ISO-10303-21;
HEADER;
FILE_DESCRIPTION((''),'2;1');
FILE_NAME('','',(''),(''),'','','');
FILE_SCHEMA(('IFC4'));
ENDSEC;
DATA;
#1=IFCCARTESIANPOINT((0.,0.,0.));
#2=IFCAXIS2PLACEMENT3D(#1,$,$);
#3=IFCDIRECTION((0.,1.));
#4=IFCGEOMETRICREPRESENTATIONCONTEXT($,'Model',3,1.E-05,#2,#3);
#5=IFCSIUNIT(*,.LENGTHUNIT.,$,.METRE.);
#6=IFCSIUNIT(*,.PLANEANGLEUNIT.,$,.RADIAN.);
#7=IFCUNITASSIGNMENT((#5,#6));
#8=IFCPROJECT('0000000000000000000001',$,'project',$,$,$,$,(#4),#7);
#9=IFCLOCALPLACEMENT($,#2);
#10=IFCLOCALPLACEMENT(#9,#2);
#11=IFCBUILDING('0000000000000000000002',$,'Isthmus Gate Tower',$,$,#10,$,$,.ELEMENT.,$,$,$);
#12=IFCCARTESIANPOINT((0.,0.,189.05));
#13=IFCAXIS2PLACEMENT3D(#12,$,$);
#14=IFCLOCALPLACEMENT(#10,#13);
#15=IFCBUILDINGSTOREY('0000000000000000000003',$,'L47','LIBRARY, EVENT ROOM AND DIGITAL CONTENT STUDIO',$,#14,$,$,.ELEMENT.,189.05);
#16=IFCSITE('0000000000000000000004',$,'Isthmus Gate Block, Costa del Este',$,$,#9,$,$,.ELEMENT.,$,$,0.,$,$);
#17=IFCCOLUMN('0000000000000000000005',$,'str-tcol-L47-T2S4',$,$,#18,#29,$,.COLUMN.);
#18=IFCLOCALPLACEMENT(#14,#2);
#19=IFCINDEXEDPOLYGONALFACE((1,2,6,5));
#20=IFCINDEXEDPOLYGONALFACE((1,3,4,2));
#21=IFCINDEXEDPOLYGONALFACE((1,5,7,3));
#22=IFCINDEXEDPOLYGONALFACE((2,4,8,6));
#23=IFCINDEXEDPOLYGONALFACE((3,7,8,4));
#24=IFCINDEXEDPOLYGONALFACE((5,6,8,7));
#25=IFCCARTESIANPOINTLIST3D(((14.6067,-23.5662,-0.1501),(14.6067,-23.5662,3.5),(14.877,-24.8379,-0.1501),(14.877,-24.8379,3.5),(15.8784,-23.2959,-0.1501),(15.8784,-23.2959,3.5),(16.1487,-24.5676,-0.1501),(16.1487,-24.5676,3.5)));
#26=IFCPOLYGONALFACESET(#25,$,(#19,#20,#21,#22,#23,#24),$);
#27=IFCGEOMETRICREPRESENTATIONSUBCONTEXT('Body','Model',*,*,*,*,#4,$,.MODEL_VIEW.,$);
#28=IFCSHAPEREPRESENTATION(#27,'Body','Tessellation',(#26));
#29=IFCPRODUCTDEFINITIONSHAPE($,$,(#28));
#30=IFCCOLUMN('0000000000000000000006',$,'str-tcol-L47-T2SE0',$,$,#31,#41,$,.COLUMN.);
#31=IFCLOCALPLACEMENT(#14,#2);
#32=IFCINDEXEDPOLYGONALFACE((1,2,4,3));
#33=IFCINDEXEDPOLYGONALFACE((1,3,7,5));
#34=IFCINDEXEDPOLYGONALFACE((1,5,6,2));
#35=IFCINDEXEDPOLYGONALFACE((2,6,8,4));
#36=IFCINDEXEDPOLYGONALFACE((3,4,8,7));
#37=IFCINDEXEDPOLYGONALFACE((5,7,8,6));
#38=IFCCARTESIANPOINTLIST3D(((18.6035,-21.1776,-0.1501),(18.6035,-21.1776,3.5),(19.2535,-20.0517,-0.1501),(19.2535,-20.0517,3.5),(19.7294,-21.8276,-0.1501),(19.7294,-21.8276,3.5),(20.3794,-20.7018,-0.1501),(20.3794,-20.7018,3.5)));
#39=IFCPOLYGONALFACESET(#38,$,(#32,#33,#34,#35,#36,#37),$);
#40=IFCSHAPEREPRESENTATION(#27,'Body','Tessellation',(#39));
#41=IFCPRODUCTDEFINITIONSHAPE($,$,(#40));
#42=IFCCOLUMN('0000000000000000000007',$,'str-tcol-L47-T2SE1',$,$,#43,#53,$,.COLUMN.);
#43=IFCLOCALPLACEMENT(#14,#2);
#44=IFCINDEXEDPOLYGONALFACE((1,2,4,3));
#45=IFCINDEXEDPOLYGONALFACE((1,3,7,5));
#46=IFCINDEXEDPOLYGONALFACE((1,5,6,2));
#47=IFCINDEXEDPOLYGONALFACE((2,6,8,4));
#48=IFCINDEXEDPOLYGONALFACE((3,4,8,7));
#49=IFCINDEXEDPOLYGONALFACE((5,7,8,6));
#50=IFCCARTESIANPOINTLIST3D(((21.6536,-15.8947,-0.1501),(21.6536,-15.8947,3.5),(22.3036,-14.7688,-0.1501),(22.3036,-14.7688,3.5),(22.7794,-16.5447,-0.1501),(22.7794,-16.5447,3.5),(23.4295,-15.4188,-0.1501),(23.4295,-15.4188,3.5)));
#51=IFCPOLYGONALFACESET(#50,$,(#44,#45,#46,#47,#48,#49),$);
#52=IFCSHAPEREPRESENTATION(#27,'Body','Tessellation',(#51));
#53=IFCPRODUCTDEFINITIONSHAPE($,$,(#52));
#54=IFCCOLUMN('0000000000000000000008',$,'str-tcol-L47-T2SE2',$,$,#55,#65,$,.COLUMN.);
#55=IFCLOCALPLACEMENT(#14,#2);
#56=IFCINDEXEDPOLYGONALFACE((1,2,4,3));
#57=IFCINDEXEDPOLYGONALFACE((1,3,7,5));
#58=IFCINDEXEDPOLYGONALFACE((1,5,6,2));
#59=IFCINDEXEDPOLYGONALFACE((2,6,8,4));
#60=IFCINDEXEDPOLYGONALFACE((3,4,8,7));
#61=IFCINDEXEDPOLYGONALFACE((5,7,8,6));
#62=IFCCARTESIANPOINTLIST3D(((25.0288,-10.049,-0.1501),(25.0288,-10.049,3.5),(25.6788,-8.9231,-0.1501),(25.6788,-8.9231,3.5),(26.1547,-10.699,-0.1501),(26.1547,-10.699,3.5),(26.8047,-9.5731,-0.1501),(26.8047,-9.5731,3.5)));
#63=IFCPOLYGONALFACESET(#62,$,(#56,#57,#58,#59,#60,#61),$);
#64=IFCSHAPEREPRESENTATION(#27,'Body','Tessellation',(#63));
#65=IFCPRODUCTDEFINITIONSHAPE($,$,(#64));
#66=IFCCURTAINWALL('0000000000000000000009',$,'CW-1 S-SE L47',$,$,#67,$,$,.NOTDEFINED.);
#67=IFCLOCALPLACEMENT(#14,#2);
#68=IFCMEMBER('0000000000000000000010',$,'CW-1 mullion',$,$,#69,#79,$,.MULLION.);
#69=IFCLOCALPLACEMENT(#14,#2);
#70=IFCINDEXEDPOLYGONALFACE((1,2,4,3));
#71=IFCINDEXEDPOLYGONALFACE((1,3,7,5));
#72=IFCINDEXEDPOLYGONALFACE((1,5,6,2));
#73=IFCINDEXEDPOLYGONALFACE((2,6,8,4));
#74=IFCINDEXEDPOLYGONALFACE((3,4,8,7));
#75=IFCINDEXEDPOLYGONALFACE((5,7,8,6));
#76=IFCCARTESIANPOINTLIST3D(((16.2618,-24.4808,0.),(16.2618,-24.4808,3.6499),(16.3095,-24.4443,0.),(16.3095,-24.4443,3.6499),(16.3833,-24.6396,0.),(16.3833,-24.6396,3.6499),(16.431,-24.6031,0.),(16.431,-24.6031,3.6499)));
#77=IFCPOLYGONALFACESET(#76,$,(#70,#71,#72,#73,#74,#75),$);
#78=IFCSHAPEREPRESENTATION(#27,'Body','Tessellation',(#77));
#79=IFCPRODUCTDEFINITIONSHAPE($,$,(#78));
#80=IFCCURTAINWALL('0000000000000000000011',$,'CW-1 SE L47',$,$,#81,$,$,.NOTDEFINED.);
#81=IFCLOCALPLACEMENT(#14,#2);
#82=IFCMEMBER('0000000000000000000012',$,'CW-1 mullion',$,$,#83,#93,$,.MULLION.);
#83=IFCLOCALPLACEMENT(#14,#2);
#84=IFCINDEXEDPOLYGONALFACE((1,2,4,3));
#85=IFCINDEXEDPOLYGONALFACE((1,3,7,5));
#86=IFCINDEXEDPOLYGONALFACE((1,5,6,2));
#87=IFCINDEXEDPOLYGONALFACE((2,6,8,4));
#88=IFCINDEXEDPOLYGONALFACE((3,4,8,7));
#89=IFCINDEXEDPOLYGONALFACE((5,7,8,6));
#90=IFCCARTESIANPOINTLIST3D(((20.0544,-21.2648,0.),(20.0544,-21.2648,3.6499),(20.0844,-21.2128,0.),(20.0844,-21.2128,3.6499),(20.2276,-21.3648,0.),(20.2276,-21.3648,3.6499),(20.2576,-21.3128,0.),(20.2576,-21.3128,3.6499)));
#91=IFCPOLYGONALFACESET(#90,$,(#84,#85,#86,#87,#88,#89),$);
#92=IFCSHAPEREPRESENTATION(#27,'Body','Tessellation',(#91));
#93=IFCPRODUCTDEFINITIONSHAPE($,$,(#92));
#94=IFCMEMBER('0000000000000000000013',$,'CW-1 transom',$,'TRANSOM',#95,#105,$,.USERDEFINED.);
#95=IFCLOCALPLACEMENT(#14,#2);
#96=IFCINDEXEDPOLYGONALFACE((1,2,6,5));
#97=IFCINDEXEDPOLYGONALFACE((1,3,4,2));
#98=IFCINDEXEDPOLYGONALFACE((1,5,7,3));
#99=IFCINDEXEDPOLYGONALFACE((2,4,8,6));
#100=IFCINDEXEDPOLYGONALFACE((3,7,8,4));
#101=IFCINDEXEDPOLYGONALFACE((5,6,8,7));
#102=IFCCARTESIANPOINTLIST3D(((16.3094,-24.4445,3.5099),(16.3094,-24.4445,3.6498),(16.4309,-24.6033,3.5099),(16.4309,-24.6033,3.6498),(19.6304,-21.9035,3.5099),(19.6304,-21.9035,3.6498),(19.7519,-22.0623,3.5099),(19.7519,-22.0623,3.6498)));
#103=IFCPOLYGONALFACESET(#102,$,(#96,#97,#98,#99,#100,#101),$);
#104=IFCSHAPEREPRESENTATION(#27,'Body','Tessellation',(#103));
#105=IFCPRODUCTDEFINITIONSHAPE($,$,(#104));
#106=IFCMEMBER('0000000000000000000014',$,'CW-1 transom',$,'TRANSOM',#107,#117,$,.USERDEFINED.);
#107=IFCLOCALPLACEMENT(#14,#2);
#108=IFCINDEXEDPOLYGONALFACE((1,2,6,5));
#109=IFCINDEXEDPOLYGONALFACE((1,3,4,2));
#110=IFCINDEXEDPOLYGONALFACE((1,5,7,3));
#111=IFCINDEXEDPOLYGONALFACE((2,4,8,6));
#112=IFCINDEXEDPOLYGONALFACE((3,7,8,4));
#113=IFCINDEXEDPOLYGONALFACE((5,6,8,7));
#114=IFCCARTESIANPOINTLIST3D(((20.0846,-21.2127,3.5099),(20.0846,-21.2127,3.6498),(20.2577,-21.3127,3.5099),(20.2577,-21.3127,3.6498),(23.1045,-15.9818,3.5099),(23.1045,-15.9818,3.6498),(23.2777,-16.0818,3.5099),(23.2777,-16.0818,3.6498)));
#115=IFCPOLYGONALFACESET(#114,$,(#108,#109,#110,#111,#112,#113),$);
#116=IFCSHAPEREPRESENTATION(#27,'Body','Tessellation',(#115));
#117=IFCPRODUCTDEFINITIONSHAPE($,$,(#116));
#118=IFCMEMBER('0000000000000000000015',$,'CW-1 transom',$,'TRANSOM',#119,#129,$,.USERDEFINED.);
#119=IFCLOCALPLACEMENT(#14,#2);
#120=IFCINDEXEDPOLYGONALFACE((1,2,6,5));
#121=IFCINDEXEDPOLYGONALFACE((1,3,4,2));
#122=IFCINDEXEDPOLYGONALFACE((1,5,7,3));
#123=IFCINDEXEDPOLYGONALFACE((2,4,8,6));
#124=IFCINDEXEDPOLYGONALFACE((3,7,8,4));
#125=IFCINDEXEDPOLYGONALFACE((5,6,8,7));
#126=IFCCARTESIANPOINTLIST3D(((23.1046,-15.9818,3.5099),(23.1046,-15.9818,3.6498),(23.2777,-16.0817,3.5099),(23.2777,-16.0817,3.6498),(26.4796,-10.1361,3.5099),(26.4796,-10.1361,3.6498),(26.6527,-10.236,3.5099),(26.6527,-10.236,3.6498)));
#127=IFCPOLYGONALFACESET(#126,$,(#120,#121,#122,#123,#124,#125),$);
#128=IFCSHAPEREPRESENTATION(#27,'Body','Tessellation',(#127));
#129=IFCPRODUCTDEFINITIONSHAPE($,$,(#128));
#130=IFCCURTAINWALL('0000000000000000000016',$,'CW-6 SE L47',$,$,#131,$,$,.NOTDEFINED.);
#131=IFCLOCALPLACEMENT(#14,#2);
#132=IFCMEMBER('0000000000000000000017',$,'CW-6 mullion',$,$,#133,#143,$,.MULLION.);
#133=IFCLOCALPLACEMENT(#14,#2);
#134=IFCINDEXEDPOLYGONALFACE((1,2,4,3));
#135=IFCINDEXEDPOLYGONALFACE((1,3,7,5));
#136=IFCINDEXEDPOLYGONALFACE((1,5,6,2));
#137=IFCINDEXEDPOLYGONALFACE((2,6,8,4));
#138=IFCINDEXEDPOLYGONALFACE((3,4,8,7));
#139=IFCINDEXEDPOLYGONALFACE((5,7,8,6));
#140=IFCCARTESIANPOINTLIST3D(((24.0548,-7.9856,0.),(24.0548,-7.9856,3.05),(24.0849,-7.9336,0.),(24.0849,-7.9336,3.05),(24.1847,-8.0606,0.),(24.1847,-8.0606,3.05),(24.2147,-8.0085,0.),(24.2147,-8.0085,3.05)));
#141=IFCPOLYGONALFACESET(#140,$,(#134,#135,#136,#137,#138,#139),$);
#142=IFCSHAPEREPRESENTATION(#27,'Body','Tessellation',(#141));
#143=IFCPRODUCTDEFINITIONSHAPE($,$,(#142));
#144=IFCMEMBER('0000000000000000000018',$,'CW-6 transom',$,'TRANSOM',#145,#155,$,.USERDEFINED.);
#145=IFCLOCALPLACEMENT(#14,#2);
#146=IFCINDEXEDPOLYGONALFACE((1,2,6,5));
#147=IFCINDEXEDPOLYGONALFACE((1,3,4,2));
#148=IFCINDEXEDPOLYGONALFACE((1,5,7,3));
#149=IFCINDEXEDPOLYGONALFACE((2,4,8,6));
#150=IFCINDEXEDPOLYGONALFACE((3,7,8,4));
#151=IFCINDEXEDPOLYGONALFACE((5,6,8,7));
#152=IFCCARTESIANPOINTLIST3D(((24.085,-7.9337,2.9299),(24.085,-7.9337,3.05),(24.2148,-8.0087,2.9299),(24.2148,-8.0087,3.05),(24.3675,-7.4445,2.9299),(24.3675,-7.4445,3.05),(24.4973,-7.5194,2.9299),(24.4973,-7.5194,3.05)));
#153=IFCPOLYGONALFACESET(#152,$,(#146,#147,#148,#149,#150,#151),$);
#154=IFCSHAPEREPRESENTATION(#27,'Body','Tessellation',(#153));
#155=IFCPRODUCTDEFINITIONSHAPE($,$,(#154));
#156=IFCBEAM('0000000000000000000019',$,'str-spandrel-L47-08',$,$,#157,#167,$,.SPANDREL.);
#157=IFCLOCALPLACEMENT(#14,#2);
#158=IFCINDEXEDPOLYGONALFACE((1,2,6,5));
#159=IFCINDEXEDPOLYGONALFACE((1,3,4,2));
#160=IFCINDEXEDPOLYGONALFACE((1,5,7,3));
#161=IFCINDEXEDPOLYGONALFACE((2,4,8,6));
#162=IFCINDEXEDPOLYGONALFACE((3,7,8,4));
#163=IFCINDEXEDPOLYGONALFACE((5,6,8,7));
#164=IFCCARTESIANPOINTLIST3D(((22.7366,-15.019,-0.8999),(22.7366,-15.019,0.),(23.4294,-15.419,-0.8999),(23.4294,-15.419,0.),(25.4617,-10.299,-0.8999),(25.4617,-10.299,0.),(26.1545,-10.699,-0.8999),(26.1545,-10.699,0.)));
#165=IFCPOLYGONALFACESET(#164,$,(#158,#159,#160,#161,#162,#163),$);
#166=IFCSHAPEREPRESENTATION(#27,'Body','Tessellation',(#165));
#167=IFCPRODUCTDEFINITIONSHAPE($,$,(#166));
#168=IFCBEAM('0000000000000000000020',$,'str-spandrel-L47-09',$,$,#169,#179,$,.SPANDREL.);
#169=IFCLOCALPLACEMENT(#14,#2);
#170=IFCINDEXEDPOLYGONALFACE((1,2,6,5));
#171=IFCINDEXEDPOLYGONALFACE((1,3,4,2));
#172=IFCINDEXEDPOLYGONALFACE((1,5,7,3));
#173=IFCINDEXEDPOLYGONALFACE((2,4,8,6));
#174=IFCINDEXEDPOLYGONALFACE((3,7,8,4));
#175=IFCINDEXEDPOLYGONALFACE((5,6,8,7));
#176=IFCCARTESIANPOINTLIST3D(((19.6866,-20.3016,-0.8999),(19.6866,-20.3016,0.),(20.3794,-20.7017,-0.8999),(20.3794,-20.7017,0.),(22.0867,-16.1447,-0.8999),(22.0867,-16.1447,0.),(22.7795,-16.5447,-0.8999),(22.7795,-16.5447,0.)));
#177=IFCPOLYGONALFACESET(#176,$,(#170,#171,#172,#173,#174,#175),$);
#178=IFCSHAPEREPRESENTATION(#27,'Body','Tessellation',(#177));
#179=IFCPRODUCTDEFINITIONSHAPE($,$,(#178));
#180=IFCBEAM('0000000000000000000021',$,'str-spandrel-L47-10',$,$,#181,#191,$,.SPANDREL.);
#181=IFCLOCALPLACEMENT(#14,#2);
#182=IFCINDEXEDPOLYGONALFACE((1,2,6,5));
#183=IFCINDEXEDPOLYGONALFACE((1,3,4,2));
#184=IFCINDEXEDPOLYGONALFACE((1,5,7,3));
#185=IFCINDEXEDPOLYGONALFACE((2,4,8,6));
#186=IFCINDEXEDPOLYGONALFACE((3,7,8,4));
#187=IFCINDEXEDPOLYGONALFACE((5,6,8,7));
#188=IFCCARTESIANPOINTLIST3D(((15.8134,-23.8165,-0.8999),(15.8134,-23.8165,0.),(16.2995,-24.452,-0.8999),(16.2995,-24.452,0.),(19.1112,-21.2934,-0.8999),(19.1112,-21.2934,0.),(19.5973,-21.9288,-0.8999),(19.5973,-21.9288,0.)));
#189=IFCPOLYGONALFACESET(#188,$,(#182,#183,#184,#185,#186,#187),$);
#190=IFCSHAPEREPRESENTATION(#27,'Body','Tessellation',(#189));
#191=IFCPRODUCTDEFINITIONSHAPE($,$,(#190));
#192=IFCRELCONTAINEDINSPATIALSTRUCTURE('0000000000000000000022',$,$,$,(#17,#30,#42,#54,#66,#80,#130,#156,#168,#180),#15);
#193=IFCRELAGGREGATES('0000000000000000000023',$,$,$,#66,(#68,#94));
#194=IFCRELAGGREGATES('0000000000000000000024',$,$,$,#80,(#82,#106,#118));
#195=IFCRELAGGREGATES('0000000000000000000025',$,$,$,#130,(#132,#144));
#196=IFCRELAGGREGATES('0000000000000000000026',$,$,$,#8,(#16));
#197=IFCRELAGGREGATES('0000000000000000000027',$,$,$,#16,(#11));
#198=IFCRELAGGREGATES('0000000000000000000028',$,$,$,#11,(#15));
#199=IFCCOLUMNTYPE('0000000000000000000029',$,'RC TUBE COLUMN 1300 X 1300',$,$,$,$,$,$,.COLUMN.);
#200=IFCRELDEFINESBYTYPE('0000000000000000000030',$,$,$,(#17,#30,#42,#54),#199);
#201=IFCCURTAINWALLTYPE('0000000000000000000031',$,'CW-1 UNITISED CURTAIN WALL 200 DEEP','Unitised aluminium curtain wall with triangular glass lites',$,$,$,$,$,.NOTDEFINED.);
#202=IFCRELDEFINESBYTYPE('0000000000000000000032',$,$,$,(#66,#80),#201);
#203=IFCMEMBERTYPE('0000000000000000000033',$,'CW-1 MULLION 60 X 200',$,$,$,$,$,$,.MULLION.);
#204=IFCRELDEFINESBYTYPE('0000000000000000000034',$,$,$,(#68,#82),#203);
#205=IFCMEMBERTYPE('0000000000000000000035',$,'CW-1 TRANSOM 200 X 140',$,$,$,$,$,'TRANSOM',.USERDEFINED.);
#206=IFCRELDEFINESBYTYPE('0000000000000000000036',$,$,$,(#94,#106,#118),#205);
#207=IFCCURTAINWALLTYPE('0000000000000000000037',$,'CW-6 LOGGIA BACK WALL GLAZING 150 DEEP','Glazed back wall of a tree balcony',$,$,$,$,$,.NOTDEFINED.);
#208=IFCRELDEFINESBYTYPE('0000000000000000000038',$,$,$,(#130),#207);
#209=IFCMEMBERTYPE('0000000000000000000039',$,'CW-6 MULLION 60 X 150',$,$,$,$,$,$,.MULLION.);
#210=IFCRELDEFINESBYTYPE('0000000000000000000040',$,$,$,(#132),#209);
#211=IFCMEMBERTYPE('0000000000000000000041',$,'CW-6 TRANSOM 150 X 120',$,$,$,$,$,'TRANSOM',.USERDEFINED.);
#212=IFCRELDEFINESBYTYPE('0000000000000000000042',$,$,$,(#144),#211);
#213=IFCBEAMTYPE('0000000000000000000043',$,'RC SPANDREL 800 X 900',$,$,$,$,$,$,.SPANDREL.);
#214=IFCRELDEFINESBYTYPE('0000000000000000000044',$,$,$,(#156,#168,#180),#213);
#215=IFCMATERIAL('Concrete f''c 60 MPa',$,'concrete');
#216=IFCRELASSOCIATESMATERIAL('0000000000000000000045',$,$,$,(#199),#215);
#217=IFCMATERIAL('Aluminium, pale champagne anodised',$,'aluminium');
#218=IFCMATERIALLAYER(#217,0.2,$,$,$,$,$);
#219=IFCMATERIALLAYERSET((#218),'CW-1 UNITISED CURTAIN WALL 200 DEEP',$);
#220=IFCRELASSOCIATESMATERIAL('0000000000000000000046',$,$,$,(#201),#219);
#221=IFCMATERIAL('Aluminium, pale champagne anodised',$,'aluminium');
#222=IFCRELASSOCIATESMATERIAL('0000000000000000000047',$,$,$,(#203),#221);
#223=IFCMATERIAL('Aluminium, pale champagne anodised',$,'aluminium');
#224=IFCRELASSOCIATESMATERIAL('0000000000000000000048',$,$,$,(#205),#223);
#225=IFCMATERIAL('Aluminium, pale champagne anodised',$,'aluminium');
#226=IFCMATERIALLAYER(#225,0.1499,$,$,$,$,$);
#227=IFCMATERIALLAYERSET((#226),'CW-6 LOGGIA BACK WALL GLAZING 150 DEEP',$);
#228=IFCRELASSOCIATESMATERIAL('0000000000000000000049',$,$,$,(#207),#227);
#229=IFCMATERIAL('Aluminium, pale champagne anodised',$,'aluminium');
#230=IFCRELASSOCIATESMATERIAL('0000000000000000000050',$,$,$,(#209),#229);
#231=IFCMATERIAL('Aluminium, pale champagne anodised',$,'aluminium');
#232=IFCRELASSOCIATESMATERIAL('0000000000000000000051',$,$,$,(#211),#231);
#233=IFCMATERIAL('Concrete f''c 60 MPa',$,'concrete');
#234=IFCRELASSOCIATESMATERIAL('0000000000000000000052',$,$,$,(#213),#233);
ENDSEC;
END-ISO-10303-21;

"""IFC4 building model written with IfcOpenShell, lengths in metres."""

from ifc_helpers import new_model, si_unit, direction, frame, origin, origin_2d, place, context, subcontext, project, spatial, rectangle, extrude, material, layer, layer_set, material_profile, profile_set, type_object, element, aggregate, save


model = new_model("IFC4")

# Units and contexts
model_context = context("Model", 3, precision=1e-05, world=origin(), true_north=direction((0.0, 1.0)))
body_context = subcontext(model_context, "Body", "Model", "MODEL_VIEW")
ifc_project = project(units=[si_unit("LENGTHUNIT", "METRE"), si_unit("PLANEANGLEUNIT", "RADIAN")], contexts=[model_context])

# Site, building, storey
site_placement = place(None, origin())
site = spatial("IfcSite", under=ifc_project, at=site_placement, Name="Isthmus Gate Block, Costa del Este", CompositionType="ELEMENT", RefElevation=0.0)
building_placement = place(site_placement, origin())
building = spatial("IfcBuilding", under=site, at=building_placement, Name="Isthmus Gate Tower", CompositionType="ELEMENT")
storey_placement = place(building_placement, frame((0.0, 0.0, 189.05)))
storey = spatial("IfcBuildingStorey", under=building, at=storey_placement, Name="L47", Description="LIBRARY, EVENT ROOM AND DIGITAL CONTENT STUDIO", CompositionType="ELEMENT", Elevation=189.05)

# Columns
ifc_material_1 = material(Name="Concrete f'c 60 MPa", Category="concrete")
ifc_material_profile_1 = material_profile(ifc_material_1, rectangle(XDim=1.3, YDim=1.3, at=origin_2d()), Name="RC 1300X1300")
ifc_profile_set_1 = profile_set([ifc_material_profile_1], Name="Concrete f'c 60 MPa")
column_type = type_object("IfcColumnType", Name="RC TUBE COLUMN 1300 X 1300", PredefinedType="COLUMN", material=ifc_profile_set_1)
for number, where, z_axis, x_axis, name in (
    (1, (15.3777, -24.0669, -0.1501), (0.0, 0.0, 1.0), (0.978148, 0.207912, 0.0), "str-tcol-L47-T2S4"),
    (2, (19.4915, -20.9397, -0.1501), (0.0, 0.0, 1.0), (0.5, 0.866025, 0.0), "str-tcol-L47-T2SE0"),
    (3, (22.5415, -15.6567, -0.1501), (0.0, 0.0, 1.0), (0.5, 0.866025, 0.0), "str-tcol-L47-T2SE1"),
    (4, (25.9167, -9.811, -0.1501), (0.0, 0.0, 1.0), (0.5, 0.866025, 0.0), "str-tcol-L47-T2SE2"),
):
    element("IfcColumn", number, at=place(storey_placement, frame(where, z_axis=z_axis, x_axis=x_axis)), inside=storey, type_object=column_type, Name=name, PredefinedType="COLUMN", context=body_context, shape_type="SweptSolid", body=[
        extrude(rectangle(XDim=1.3, YDim=1.3, at=origin_2d()), origin(), (0.0, 0.0, 1.0), 3.6501),
    ])

# Curtain walls, members
ifc_material_2 = material(Name="Aluminium, pale champagne anodised", Category="aluminium")
ifc_layer_1 = layer(ifc_material_2, 0.2)
ifc_layer_set_1 = layer_set([ifc_layer_1], Name="CW-1 UNITISED CURTAIN WALL 200 DEEP")
curtain_wall_type_1 = type_object("IfcCurtainWallType", Name="CW-1 UNITISED CURTAIN WALL 200 DEEP", Description="Unitised aluminium curtain wall with triangular glass lites", PredefinedType="NOTDEFINED", material=ifc_layer_set_1)
curtain_wall_1_placement = place(storey_placement, origin())
curtain_wall_1 = element("IfcCurtainWall", 5, at=curtain_wall_1_placement, inside=storey, type_object=curtain_wall_type_1, Name="CW-1 S-SE L47", PredefinedType="NOTDEFINED")
ifc_material_3 = material(Name="Aluminium, pale champagne anodised", Category="aluminium")
ifc_material_profile_2 = material_profile(ifc_material_3, rectangle(XDim=0.0601, YDim=0.2, at=origin_2d()), Name="60x200")
ifc_profile_set_2 = profile_set([ifc_material_profile_2], Name="Aluminium, pale champagne anodised")
member_type_1 = type_object("IfcMemberType", Name="CW-1 MULLION 60 X 200", PredefinedType="MULLION", material=ifc_profile_set_2)
member_1_placement = place(storey_placement, frame((16.3464, -24.542, 0.0), z_axis=(0.0, 0.0, 1.0), x_axis=(0.794189, 0.607671, 0.0)))
member_1 = element("IfcMember", 6, at=member_1_placement, type_object=member_type_1, Name="CW-1 mullion", PredefinedType="MULLION", context=body_context, shape_type="SweptSolid", body=[
    extrude(rectangle(XDim=0.0601, YDim=0.2, at=origin_2d()), origin(), (0.0, 0.0, 1.0), 3.6499),
])
curtain_wall_2_placement = place(storey_placement, origin())
curtain_wall_2 = element("IfcCurtainWall", 7, at=curtain_wall_2_placement, inside=storey, type_object=curtain_wall_type_1, Name="CW-1 SE L47", PredefinedType="NOTDEFINED")
member_2_placement = place(storey_placement, frame((20.156, -21.2888, 0.0), z_axis=(0.0, 0.0, 1.0), x_axis=(0.5, 0.866025, 0.0)))
member_2 = element("IfcMember", 8, at=member_2_placement, type_object=member_type_1, Name="CW-1 mullion", PredefinedType="MULLION", context=body_context, shape_type="SweptSolid", body=[
    extrude(rectangle(XDim=0.0601, YDim=0.2, at=origin_2d()), origin(), (0.0, 0.0, 1.0), 3.6499),
])

# Members
ifc_material_4 = material(Name="Aluminium, pale champagne anodised", Category="aluminium")
ifc_material_profile_3 = material_profile(ifc_material_4, rectangle(XDim=0.2, YDim=0.1399, at=origin_2d()), Name="200x140")
ifc_profile_set_3 = profile_set([ifc_material_profile_3], Name="Aluminium, pale champagne anodised")
member_type_2 = type_object("IfcMemberType", Name="CW-1 TRANSOM 200 X 140", ElementType="TRANSOM", PredefinedType="USERDEFINED", material=ifc_profile_set_3)
member_3_placement = place(storey_placement, frame((16.3701, -24.5239, 3.5798), z_axis=(0.794197, 0.60766, 0.0), x_axis=(-0.60766, 0.794197, 0.0)))
member_3 = element("IfcMember", 9, at=member_3_placement, type_object=member_type_2, Name="CW-1 transom", ObjectType="TRANSOM", PredefinedType="USERDEFINED", context=body_context, shape_type="SweptSolid", body=[
    extrude(rectangle(XDim=0.2, YDim=0.1399, at=origin_2d()), origin(), (0.0, 0.0, 1.0), 4.1816),
])
member_4_placement = place(storey_placement, frame((20.1711, -21.2627, 3.5798), z_axis=(0.499991, 0.866031, 0.0), x_axis=(-0.866031, 0.499991, 0.0)))
member_4 = element("IfcMember", 10, at=member_4_placement, type_object=member_type_2, Name="CW-1 transom", ObjectType="TRANSOM", PredefinedType="USERDEFINED", context=body_context, shape_type="SweptSolid", body=[
    extrude(rectangle(XDim=0.2, YDim=0.1399, at=origin_2d()), origin(), (0.0, 0.0, 1.0), 6.04),
])
member_5_placement = place(storey_placement, frame((23.1912, -16.0317, 3.5798), z_axis=(0.499998, 0.866027, 0.0), x_axis=(-0.866027, 0.499998, 0.0)))
member_5 = element("IfcMember", 11, at=member_5_placement, type_object=member_type_2, Name="CW-1 transom", ObjectType="TRANSOM", PredefinedType="USERDEFINED", context=body_context, shape_type="SweptSolid", body=[
    extrude(rectangle(XDim=0.2, YDim=0.1399, at=origin_2d()), origin(), (0.0, 0.0, 1.0), 6.75),
])

# Curtain wall, members
ifc_material_5 = material(Name="Aluminium, pale champagne anodised", Category="aluminium")
ifc_layer_2 = layer(ifc_material_5, 0.1499)
ifc_layer_set_2 = layer_set([ifc_layer_2], Name="CW-6 LOGGIA BACK WALL GLAZING 150 DEEP")
curtain_wall_type_2 = type_object("IfcCurtainWallType", Name="CW-6 LOGGIA BACK WALL GLAZING 150 DEEP", Description="Glazed back wall of a tree balcony", PredefinedType="NOTDEFINED", material=ifc_layer_set_2)
curtain_wall_3_placement = place(storey_placement, origin())
curtain_wall_3 = element("IfcCurtainWall", 12, at=curtain_wall_3_placement, inside=storey, type_object=curtain_wall_type_2, Name="CW-6 SE L47", PredefinedType="NOTDEFINED")
ifc_material_6 = material(Name="Aluminium, pale champagne anodised", Category="aluminium")
ifc_material_profile_4 = material_profile(ifc_material_6, rectangle(XDim=0.0601, YDim=0.1499, at=origin_2d()), Name="60x150")
ifc_profile_set_4 = profile_set([ifc_material_profile_4], Name="Aluminium, pale champagne anodised")
member_type_3 = type_object("IfcMemberType", Name="CW-6 MULLION 60 X 150", PredefinedType="MULLION", material=ifc_profile_set_4)
member_6_placement = place(storey_placement, frame((24.1348, -7.9971, 0.0), z_axis=(0.0, 0.0, 1.0), x_axis=(0.5, 0.866025, 0.0)))
member_6 = element("IfcMember", 13, at=member_6_placement, type_object=member_type_3, Name="CW-6 mullion", PredefinedType="MULLION", context=body_context, shape_type="SweptSolid", body=[
    extrude(rectangle(XDim=0.0601, YDim=0.1499, at=origin_2d()), origin(), (0.0, 0.0, 1.0), 3.05),
])
ifc_material_7 = material(Name="Aluminium, pale champagne anodised", Category="aluminium")
ifc_material_profile_5 = material_profile(ifc_material_7, rectangle(XDim=0.1499, YDim=0.1201, at=origin_2d()), Name="150x120")
ifc_profile_set_5 = profile_set([ifc_material_profile_5], Name="Aluminium, pale champagne anodised")
member_type_4 = type_object("IfcMemberType", Name="CW-6 TRANSOM 150 X 120", ElementType="TRANSOM", PredefinedType="USERDEFINED", material=ifc_profile_set_5)
member_7_placement = place(storey_placement, frame((24.1499, -7.9712, 2.99), z_axis=(0.499997, 0.866027, 0.0), x_axis=(-0.866027, 0.499997, 0.0)))
member_7 = element("IfcMember", 14, at=member_7_placement, type_object=member_type_4, Name="CW-6 transom", ObjectType="TRANSOM", PredefinedType="USERDEFINED", context=body_context, shape_type="SweptSolid", body=[
    extrude(rectangle(XDim=0.1499, YDim=0.1201, at=origin_2d()), origin(), (0.0, 0.0, 1.0), 0.5649),
])

# Beams
ifc_material_8 = material(Name="Concrete f'c 60 MPa", Category="concrete")
ifc_material_profile_6 = material_profile(ifc_material_8, rectangle(XDim=0.8, YDim=0.8999, at=origin_2d()), Name="RC 800X900")
ifc_profile_set_6 = profile_set([ifc_material_profile_6], Name="Concrete f'c 60 MPa")
beam_type_1 = type_object("IfcBeamType", Name="RC SPANDREL 800 X 900", PredefinedType="SPANDREL", material=ifc_profile_set_6)
beam_1_placement = place(storey_placement, frame((25.8081, -10.499, -0.45), z_axis=(-0.500003, -0.866024, 0.0), x_axis=(0.866024, -0.500003, 0.0)))
element("IfcBeam", 15, at=beam_1_placement, inside=storey, type_object=beam_type_1, Name="str-spandrel-L47-08", PredefinedType="SPANDREL", context=body_context, shape_type="SweptSolid", body=[
    extrude(rectangle(XDim=0.8, YDim=0.8999, at=origin_2d()), origin(), (0.0, 0.0, 1.0), 5.4502),
])
beam_2_placement = place(storey_placement, frame((22.4331, -16.3447, -0.45), z_axis=(-0.500017, -0.866015, 0.0), x_axis=(0.866015, -0.500017, 0.0)))
element("IfcBeam", 16, at=beam_2_placement, inside=storey, type_object=beam_type_1, Name="str-spandrel-L47-09", PredefinedType="SPANDREL", context=body_context, shape_type="SweptSolid", body=[
    extrude(rectangle(XDim=0.8, YDim=0.8999, at=origin_2d()), origin(), (0.0, 0.0, 1.0), 4.8),
])
beam_3_placement = place(storey_placement, frame((19.3542, -21.6111, -0.45), z_axis=(-0.794206, -0.607649, 0.0), x_axis=(0.607649, -0.794206, 0.0)))
element("IfcBeam", 17, at=beam_3_placement, inside=storey, type_object=beam_type_1, Name="str-spandrel-L47-10", PredefinedType="SPANDREL", context=body_context, shape_type="SweptSolid", body=[
    extrude(rectangle(XDim=0.8, YDim=0.8999, at=origin_2d()), origin(), (0.0, 0.0, 1.0), 4.1523),
])

aggregate(curtain_wall_1, [member_1, member_3])
aggregate(curtain_wall_2, [member_2, member_4, member_5])
aggregate(curtain_wall_3, [member_6, member_7])

save(model, "model.ifc")
